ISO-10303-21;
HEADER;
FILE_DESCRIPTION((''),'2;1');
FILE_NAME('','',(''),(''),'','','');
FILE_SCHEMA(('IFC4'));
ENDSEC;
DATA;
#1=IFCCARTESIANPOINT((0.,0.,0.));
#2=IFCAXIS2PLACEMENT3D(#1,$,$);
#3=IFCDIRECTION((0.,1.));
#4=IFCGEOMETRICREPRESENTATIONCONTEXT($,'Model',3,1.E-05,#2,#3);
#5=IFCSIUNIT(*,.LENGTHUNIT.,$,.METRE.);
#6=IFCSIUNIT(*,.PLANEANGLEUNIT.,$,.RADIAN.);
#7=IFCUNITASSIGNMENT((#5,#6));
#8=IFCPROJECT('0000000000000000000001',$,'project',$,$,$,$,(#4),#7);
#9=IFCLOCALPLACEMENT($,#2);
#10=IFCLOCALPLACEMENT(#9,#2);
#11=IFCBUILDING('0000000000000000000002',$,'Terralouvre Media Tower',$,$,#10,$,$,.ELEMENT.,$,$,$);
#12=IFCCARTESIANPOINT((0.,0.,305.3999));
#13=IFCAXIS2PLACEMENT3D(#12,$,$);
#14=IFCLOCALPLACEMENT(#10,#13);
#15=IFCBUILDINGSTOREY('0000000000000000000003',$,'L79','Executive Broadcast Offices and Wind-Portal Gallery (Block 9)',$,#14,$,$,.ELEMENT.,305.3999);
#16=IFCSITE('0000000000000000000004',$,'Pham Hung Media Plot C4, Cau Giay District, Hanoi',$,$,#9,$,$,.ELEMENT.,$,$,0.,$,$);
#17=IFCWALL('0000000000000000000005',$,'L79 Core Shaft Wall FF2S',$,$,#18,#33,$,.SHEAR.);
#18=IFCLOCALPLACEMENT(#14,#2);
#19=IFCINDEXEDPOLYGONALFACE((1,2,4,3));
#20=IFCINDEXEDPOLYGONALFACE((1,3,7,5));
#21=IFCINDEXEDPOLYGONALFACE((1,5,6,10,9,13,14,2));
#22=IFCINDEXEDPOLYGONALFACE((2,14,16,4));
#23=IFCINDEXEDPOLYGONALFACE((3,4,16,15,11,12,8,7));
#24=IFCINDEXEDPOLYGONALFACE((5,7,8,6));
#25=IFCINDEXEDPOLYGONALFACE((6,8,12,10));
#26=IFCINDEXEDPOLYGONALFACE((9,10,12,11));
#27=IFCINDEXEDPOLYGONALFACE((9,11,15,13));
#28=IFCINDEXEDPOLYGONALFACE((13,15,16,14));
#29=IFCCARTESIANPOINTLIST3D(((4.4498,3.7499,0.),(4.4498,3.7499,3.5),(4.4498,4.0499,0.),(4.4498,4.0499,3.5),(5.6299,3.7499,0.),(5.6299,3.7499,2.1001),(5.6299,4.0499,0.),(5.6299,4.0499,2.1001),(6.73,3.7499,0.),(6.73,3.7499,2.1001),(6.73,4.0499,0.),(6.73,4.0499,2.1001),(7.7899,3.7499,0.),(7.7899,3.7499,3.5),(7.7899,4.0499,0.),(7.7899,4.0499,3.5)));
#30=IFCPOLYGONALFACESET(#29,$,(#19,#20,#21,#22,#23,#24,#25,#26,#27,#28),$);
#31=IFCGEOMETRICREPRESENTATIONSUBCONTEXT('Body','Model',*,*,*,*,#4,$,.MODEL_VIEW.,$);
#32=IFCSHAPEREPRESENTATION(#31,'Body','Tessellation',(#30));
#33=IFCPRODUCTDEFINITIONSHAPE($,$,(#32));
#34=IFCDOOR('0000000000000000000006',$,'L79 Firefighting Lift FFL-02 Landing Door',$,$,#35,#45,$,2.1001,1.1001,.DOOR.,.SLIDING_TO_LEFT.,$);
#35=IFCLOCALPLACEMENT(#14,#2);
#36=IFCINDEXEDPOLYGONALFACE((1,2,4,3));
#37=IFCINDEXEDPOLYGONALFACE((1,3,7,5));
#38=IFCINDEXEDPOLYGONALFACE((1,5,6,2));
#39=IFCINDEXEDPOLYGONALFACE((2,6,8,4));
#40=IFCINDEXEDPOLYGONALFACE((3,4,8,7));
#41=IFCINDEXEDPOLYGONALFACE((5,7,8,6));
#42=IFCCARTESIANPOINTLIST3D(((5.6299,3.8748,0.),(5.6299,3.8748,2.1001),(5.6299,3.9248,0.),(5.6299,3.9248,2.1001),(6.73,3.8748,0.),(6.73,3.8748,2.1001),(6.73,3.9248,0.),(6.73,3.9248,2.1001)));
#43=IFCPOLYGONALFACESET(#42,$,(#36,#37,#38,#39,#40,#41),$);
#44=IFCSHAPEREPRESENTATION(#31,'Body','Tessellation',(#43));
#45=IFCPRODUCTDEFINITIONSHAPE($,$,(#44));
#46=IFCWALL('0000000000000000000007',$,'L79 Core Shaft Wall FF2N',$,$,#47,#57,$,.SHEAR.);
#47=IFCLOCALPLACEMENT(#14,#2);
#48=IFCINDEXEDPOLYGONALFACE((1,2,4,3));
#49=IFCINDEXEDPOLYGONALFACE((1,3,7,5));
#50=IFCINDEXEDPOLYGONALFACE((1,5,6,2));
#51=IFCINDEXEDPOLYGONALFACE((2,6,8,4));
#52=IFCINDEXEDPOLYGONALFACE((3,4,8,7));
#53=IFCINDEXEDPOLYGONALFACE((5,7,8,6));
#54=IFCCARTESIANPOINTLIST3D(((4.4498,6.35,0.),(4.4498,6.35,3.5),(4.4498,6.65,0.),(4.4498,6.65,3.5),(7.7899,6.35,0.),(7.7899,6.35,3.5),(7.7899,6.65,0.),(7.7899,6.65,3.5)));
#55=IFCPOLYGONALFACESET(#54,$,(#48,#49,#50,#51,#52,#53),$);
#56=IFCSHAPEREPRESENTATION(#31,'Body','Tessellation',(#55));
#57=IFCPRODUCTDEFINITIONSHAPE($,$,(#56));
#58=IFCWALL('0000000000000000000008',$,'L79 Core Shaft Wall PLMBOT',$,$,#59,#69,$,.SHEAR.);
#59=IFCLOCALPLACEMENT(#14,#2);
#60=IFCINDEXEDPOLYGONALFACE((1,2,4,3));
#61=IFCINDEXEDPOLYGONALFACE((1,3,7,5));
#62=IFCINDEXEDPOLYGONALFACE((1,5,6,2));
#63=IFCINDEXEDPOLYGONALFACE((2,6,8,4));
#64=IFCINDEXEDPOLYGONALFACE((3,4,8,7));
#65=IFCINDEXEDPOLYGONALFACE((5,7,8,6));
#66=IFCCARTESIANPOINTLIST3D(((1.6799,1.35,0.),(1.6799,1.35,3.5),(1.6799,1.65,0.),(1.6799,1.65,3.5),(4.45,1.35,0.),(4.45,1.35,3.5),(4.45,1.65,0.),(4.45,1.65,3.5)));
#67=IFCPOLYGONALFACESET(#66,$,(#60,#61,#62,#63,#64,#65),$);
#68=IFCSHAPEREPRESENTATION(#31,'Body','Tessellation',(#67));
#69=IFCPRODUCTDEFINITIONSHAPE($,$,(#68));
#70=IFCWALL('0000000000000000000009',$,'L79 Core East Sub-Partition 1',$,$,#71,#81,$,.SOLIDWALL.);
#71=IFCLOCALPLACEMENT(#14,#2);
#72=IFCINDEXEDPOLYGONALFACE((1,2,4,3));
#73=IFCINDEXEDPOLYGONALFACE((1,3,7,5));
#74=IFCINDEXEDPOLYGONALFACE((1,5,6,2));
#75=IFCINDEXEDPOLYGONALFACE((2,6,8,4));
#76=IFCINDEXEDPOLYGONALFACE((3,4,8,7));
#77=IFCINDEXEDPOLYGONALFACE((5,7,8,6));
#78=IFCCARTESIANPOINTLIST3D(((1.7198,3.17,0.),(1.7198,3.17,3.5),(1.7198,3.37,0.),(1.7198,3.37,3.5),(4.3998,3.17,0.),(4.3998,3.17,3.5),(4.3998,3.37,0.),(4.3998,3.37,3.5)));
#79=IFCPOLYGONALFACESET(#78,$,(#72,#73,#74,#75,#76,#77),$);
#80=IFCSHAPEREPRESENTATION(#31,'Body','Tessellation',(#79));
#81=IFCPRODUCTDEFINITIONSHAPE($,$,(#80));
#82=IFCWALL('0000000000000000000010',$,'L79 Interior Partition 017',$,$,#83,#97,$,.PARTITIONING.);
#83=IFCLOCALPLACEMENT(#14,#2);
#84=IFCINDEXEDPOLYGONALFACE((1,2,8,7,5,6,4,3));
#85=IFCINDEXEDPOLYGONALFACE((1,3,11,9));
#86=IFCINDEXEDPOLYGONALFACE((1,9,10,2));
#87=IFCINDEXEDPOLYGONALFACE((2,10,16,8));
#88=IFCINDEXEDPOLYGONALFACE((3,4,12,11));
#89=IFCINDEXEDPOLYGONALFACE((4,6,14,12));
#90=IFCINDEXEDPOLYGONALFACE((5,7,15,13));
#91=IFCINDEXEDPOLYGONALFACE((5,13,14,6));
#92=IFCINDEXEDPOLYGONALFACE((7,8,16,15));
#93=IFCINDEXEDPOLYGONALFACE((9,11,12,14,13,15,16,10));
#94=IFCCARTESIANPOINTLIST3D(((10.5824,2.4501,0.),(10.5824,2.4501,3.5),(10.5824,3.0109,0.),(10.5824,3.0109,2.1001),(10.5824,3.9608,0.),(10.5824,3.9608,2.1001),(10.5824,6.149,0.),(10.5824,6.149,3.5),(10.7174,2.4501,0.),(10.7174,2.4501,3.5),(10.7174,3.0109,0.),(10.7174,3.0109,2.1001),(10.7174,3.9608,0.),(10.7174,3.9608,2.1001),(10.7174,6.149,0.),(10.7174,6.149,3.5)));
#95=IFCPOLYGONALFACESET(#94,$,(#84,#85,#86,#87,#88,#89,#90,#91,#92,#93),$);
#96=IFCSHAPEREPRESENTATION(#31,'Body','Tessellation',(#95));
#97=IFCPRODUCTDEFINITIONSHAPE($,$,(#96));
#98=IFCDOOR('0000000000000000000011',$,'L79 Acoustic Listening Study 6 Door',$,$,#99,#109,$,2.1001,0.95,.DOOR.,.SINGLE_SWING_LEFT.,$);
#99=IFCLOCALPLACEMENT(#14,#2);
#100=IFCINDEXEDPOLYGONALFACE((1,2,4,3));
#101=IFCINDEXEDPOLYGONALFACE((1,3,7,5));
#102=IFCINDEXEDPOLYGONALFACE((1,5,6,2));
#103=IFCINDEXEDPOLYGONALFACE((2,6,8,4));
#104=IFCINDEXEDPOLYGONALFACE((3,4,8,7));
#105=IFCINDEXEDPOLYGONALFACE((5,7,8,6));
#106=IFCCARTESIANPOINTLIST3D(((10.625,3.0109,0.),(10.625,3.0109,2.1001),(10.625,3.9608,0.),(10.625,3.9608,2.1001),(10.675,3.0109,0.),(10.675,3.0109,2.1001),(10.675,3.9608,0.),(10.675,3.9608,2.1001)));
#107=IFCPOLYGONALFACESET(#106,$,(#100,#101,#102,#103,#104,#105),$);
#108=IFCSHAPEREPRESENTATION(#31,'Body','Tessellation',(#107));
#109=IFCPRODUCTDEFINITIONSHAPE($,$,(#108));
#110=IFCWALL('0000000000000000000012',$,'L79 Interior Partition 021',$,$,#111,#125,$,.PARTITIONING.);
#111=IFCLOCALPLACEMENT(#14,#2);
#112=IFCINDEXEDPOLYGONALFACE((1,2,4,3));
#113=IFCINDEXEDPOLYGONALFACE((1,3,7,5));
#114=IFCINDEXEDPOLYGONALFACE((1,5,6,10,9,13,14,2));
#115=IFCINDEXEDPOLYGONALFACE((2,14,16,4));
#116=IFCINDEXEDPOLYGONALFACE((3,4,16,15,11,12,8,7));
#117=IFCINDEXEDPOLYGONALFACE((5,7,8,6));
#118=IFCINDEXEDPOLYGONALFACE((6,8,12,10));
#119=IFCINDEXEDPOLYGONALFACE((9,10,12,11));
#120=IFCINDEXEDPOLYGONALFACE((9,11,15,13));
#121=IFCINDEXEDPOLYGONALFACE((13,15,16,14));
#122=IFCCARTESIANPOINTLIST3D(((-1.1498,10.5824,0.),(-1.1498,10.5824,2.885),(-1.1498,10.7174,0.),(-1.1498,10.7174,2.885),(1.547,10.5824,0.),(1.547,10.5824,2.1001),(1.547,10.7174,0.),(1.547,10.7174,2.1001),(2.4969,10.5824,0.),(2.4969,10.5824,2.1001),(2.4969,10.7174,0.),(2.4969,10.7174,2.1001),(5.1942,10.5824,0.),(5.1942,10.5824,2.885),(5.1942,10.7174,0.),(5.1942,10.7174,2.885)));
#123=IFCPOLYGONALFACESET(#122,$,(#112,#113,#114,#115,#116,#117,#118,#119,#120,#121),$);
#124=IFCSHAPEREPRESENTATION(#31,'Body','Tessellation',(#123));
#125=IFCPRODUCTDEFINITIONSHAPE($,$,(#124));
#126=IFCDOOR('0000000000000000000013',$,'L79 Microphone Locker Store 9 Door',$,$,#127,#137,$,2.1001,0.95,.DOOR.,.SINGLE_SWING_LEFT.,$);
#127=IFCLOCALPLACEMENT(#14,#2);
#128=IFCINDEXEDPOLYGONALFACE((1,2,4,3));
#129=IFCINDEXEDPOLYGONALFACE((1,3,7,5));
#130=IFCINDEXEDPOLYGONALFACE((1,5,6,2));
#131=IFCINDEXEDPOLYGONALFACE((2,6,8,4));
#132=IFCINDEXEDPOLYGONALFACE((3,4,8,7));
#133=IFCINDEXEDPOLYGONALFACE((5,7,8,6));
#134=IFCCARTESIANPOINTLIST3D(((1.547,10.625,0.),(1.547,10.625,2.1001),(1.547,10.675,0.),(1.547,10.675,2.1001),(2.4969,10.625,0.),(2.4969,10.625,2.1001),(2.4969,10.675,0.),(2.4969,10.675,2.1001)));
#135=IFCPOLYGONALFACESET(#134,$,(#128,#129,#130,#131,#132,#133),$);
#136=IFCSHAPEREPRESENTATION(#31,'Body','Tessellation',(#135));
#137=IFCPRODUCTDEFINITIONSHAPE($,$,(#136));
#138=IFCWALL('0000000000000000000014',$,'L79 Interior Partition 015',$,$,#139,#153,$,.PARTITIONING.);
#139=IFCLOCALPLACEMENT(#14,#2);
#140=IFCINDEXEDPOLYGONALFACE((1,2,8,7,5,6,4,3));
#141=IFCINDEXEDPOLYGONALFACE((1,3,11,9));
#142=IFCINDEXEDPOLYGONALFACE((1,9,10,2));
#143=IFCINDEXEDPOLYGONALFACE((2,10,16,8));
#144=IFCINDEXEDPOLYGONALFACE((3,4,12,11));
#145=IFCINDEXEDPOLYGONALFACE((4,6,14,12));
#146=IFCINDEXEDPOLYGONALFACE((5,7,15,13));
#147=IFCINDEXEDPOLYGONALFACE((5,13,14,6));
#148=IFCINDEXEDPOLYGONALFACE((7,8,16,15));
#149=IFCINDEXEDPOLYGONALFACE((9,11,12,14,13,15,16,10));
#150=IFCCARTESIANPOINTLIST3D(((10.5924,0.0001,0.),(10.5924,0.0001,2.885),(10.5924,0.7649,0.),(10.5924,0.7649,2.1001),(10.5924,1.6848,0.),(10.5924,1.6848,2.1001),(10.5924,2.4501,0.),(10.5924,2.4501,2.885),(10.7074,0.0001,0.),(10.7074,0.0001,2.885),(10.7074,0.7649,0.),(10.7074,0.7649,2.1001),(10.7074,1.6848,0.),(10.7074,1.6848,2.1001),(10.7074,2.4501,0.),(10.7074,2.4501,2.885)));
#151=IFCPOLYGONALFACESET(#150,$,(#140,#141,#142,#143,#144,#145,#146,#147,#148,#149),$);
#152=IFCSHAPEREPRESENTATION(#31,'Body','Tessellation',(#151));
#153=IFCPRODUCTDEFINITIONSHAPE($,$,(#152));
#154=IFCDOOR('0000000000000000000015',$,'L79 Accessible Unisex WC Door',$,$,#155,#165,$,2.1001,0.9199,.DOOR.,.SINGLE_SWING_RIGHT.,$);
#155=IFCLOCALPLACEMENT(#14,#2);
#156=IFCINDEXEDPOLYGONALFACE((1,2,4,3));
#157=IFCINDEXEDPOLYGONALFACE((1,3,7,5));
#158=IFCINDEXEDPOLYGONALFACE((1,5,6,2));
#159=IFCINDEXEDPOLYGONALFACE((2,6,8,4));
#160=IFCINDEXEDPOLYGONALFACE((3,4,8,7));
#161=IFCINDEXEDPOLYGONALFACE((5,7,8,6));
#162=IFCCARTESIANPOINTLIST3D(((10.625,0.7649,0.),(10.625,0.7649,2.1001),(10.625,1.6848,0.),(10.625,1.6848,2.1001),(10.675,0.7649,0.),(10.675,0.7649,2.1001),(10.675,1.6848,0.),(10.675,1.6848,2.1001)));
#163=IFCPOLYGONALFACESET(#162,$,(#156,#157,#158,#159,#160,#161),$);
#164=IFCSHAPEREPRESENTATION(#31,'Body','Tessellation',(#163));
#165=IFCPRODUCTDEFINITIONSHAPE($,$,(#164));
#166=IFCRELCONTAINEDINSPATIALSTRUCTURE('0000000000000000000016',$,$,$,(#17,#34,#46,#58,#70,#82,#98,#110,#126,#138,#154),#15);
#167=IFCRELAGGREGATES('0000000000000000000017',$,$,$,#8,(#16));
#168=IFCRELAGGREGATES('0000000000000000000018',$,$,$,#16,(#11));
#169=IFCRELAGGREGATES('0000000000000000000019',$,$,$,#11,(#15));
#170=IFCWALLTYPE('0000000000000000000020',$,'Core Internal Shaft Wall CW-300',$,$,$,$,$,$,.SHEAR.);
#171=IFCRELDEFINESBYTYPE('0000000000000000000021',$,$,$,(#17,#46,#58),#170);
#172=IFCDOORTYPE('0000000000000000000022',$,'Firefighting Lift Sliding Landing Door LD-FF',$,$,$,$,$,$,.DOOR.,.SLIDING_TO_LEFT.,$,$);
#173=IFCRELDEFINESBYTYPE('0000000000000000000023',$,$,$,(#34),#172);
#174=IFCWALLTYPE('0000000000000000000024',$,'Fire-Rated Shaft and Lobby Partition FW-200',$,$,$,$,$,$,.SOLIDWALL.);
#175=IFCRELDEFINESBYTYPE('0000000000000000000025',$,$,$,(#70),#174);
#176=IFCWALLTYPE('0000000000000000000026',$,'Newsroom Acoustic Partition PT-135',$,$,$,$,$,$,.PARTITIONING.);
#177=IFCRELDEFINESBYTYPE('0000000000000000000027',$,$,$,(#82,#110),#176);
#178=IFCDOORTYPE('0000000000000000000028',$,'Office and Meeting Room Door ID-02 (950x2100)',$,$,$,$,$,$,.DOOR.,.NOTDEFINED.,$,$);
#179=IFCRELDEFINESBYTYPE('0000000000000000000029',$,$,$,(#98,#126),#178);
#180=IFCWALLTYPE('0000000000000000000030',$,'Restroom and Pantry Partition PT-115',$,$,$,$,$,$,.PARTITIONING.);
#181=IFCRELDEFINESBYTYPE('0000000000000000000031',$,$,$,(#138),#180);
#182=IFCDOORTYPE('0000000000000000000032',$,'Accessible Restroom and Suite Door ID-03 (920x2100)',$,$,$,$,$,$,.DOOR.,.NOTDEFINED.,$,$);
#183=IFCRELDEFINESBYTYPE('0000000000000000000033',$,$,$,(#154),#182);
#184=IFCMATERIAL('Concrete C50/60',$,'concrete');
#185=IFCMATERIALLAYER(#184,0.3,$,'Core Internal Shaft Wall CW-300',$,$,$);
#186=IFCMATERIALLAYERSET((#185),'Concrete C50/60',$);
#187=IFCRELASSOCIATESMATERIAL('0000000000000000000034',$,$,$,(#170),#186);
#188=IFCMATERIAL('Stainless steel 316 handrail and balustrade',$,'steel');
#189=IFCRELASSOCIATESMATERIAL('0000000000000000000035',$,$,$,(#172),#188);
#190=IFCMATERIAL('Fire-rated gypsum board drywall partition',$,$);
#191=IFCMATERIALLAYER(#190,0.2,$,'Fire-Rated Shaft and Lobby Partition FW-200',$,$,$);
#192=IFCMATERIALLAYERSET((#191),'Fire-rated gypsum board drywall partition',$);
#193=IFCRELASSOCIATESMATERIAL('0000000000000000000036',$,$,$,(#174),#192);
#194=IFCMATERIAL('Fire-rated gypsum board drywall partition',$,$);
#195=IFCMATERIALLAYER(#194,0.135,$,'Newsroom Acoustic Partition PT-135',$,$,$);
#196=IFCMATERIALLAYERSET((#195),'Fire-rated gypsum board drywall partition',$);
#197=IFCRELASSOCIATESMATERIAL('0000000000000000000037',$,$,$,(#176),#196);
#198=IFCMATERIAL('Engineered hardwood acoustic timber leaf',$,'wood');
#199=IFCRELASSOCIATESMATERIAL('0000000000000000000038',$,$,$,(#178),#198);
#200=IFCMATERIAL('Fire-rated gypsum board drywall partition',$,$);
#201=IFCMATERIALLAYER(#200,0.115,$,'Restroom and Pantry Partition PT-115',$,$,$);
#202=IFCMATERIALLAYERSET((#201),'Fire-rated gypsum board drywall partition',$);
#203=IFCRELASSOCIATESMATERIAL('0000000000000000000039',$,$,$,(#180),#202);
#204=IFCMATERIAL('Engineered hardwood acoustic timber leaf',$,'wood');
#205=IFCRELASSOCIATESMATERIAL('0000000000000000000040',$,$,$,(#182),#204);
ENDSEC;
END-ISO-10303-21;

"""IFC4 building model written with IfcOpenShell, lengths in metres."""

from ifc_helpers import new_model, si_unit, direction, frame, frame_2d, origin, place, context, subcontext, project, spatial, rectangle, extrude, material, layer, layer_set, type_object, element, fill, save


model = new_model("IFC4")

# Units and contexts
model_context = context("Model", 3, precision=1e-05, world=origin(), true_north=direction((0.0, 1.0)))
body_context = subcontext(model_context, "Body", "Model", "MODEL_VIEW")
ifc_project = project(units=[si_unit("LENGTHUNIT", "METRE"), si_unit("PLANEANGLEUNIT", "RADIAN")], contexts=[model_context])

# Site, building, storey
site_placement = place(None, origin())
site = spatial("IfcSite", under=ifc_project, at=site_placement, Name="Pham Hung Media Plot C4, Cau Giay District, Hanoi", CompositionType="ELEMENT", RefElevation=0.0)
building_placement = place(site_placement, origin())
building = spatial("IfcBuilding", under=site, at=building_placement, Name="Terralouvre Media Tower", CompositionType="ELEMENT")
storey_placement = place(building_placement, frame((0.0, 0.0, 305.3999)))
storey = spatial("IfcBuildingStorey", under=building, at=storey_placement, Name="L79", Description="Executive Broadcast Offices and Wind-Portal Gallery (Block 9)", CompositionType="ELEMENT", Elevation=305.3999)

# Wall, opening, door
ifc_material_1 = material(Name="Concrete C50/60", Category="concrete")
ifc_layer_1 = layer(ifc_material_1, 0.3, Name="Core Internal Shaft Wall CW-300")
ifc_layer_set_1 = layer_set([ifc_layer_1], Name="Concrete C50/60")
wall_type_1 = type_object("IfcWallType", Name="Core Internal Shaft Wall CW-300", PredefinedType="SHEAR", material=ifc_layer_set_1)
wall_1_placement = place(storey_placement, frame((4.45, 3.8999, 0.0), z_axis=(0.0, 0.0, 1.0), x_axis=(1.0, 0.0, 0.0)))
wall_1 = element("IfcWall", 1, at=wall_1_placement, inside=storey, type_object=wall_type_1, Name="L79 Core Shaft Wall FF2S", PredefinedType="SHEAR", context=body_context, shape_type="SweptSolid", body=[
    extrude(rectangle(XDim=3.3401, YDim=0.3, at=frame_2d((1.6699, 0.0))), origin(), (0.0, 0.0, 1.0), 3.5),
])
opening_1_placement = place(wall_1_placement, frame((1.1799, 0.0, 0.0)))
opening_1 = element("IfcOpeningElement", 2, at=opening_1_placement, cuts=wall_1, PredefinedType="OPENING", context=body_context, shape_type="SweptSolid", body=[
    extrude(rectangle(XDim=1.1001, YDim=2.1001, at=frame_2d((0.55, 1.05))), frame((0.0, 0.1599, 0.0), z_axis=(0.0, -1.0, 0.0), x_axis=(1.0, 0.0, 0.0)), (0.0, 0.0, 1.0), 0.3201),
])
ifc_material_2 = material(Name="Stainless steel 316 handrail and balustrade", Category="steel")
door_type_1 = type_object("IfcDoorType", Name="Firefighting Lift Sliding Landing Door LD-FF", OperationType="SLIDING_TO_LEFT", PredefinedType="DOOR", material=ifc_material_2)
door_1_placement = place(opening_1_placement, origin())
door_1 = element("IfcDoor", 3, at=door_1_placement, inside=storey, type_object=door_type_1, Name="L79 Firefighting Lift FFL-02 Landing Door", OperationType="SLIDING_TO_LEFT", OverallHeight=2.1001, OverallWidth=1.1001, PredefinedType="DOOR", context=body_context, shape_type="SweptSolid", body=[
    extrude(rectangle(XDim=1.1001, YDim=2.1001, at=frame_2d((0.55, 1.05))), frame((0.0, 0.0249, 0.0), z_axis=(0.0, -1.0, 0.0), x_axis=(1.0, 0.0, 0.0)), (0.0, 0.0, 1.0), 0.05),
])
fill(opening_1, door_1)

# Walls
wall_2_placement = place(storey_placement, frame((4.45, 6.5, 0.0), z_axis=(0.0, 0.0, 1.0), x_axis=(1.0, 0.0, 0.0)))
element("IfcWall", 4, at=wall_2_placement, inside=storey, type_object=wall_type_1, Name="L79 Core Shaft Wall FF2N", PredefinedType="SHEAR", context=body_context, shape_type="SweptSolid", body=[
    extrude(rectangle(XDim=3.3401, YDim=0.3, at=frame_2d((1.6699, 0.0))), origin(), (0.0, 0.0, 1.0), 3.5),
])
wall_3_placement = place(storey_placement, frame((1.6799, 1.5, 0.0), z_axis=(0.0, 0.0, 1.0), x_axis=(1.0, 0.0, 0.0)))
element("IfcWall", 5, at=wall_3_placement, inside=storey, type_object=wall_type_1, Name="L79 Core Shaft Wall PLMBOT", PredefinedType="SHEAR", context=body_context, shape_type="SweptSolid", body=[
    extrude(rectangle(XDim=2.77, YDim=0.3, at=frame_2d((1.385, 0.0))), origin(), (0.0, 0.0, 1.0), 3.5),
])
ifc_material_3 = material(Name="Fire-rated gypsum board drywall partition")
ifc_layer_2 = layer(ifc_material_3, 0.2, Name="Fire-Rated Shaft and Lobby Partition FW-200")
ifc_layer_set_2 = layer_set([ifc_layer_2], Name="Fire-rated gypsum board drywall partition")
wall_type_2 = type_object("IfcWallType", Name="Fire-Rated Shaft and Lobby Partition FW-200", PredefinedType="SOLIDWALL", material=ifc_layer_set_2)
wall_4_placement = place(storey_placement, frame((1.72, 3.27, 0.0), z_axis=(0.0, 0.0, 1.0), x_axis=(1.0, 0.0, 0.0)))
element("IfcWall", 6, at=wall_4_placement, inside=storey, type_object=wall_type_2, Name="L79 Core East Sub-Partition 1", PredefinedType="SOLIDWALL", context=body_context, shape_type="SweptSolid", body=[
    extrude(rectangle(XDim=2.6799, YDim=0.2, at=frame_2d((1.3398, 0.0))), origin(), (0.0, 0.0, 1.0), 3.5),
])

# Walls, openings, doors
ifc_material_4 = material(Name="Fire-rated gypsum board drywall partition")
ifc_layer_3 = layer(ifc_material_4, 0.135, Name="Newsroom Acoustic Partition PT-135")
ifc_layer_set_3 = layer_set([ifc_layer_3], Name="Fire-rated gypsum board drywall partition")
wall_type_3 = type_object("IfcWallType", Name="Newsroom Acoustic Partition PT-135", PredefinedType="PARTITIONING", material=ifc_layer_set_3)
wall_5_placement = place(storey_placement, frame((10.6499, 2.45, 0.0), z_axis=(0.0, 0.0, 1.0), x_axis=(0.0, 1.0, 0.0)))
wall_5 = element("IfcWall", 7, at=wall_5_placement, inside=storey, type_object=wall_type_3, Name="L79 Interior Partition 017", PredefinedType="PARTITIONING", context=body_context, shape_type="SweptSolid", body=[
    extrude(rectangle(XDim=3.699, YDim=0.135, at=frame_2d((1.8496, 0.0))), origin(), (0.0, 0.0, 1.0), 3.5),
])
opening_2_placement = place(wall_5_placement, frame((0.5608, 0.0, 0.0)))
opening_2 = element("IfcOpeningElement", 8, at=opening_2_placement, cuts=wall_5, PredefinedType="OPENING", context=body_context, shape_type="SweptSolid", body=[
    extrude(rectangle(XDim=0.95, YDim=2.1001, at=frame_2d((0.4751, 1.05))), frame((0.0, 0.0774, 0.0), z_axis=(0.0, -1.0, 0.0), x_axis=(1.0, 0.0, 0.0)), (0.0, 0.0, 1.0), 0.155),
])
ifc_material_5 = material(Name="Engineered hardwood acoustic timber leaf", Category="wood")
door_type_2 = type_object("IfcDoorType", Name="Office and Meeting Room Door ID-02 (950x2100)", OperationType="NOTDEFINED", PredefinedType="DOOR", material=ifc_material_5)
door_2_placement = place(opening_2_placement, origin())
door_2 = element("IfcDoor", 9, at=door_2_placement, inside=storey, type_object=door_type_2, Name="L79 Acoustic Listening Study 6 Door", OperationType="SINGLE_SWING_LEFT", OverallHeight=2.1001, OverallWidth=0.95, PredefinedType="DOOR", context=body_context, shape_type="SweptSolid", body=[
    extrude(rectangle(XDim=0.95, YDim=2.1001, at=frame_2d((0.4751, 1.05))), frame((0.0, 0.0249, 0.0), z_axis=(0.0, -1.0, 0.0), x_axis=(1.0, 0.0, 0.0)), (0.0, 0.0, 1.0), 0.05),
])
fill(opening_2, door_2)
wall_6_placement = place(storey_placement, frame((5.1941, 10.6499, 0.0), z_axis=(0.0, 0.0, 1.0), x_axis=(-1.0, 0.0, 0.0)))
wall_6 = element("IfcWall", 10, at=wall_6_placement, inside=storey, type_object=wall_type_3, Name="L79 Interior Partition 021", PredefinedType="PARTITIONING", context=body_context, shape_type="SweptSolid", body=[
    extrude(rectangle(XDim=6.344, YDim=0.135, at=frame_2d((3.1719, 0.0))), origin(), (0.0, 0.0, 1.0), 2.885),
])
opening_3_placement = place(wall_6_placement, frame((2.697, 0.0, 0.0)))
opening_3 = element("IfcOpeningElement", 11, at=opening_3_placement, cuts=wall_6, PredefinedType="OPENING", context=body_context, shape_type="SweptSolid", body=[
    extrude(rectangle(XDim=0.95, YDim=2.1001, at=frame_2d((0.4751, 1.05))), frame((0.0, 0.0774, 0.0), z_axis=(0.0, -1.0, 0.0), x_axis=(1.0, 0.0, 0.0)), (0.0, 0.0, 1.0), 0.155),
])
door_3_placement = place(opening_3_placement, origin())
door_3 = element("IfcDoor", 12, at=door_3_placement, inside=storey, type_object=door_type_2, Name="L79 Microphone Locker Store 9 Door", OperationType="SINGLE_SWING_LEFT", OverallHeight=2.1001, OverallWidth=0.95, PredefinedType="DOOR", context=body_context, shape_type="SweptSolid", body=[
    extrude(rectangle(XDim=0.95, YDim=2.1001, at=frame_2d((0.4751, 1.05))), frame((0.0, 0.0249, 0.0), z_axis=(0.0, -1.0, 0.0), x_axis=(1.0, 0.0, 0.0)), (0.0, 0.0, 1.0), 0.05),
])
fill(opening_3, door_3)
ifc_material_6 = material(Name="Fire-rated gypsum board drywall partition")
ifc_layer_4 = layer(ifc_material_6, 0.115, Name="Restroom and Pantry Partition PT-115")
ifc_layer_set_4 = layer_set([ifc_layer_4], Name="Fire-rated gypsum board drywall partition")
wall_type_4 = type_object("IfcWallType", Name="Restroom and Pantry Partition PT-115", PredefinedType="PARTITIONING", material=ifc_layer_set_4)
wall_7_placement = place(storey_placement, frame((10.6499, 0.0, 0.0), z_axis=(0.0, 0.0, 1.0), x_axis=(0.0, 1.0, 0.0)))
wall_7 = element("IfcWall", 13, at=wall_7_placement, inside=storey, type_object=wall_type_4, Name="L79 Interior Partition 015", PredefinedType="PARTITIONING", context=body_context, shape_type="SweptSolid", body=[
    extrude(rectangle(XDim=2.45, YDim=0.115, at=frame_2d((1.2251, 0.0))), origin(), (0.0, 0.0, 1.0), 2.885),
])
opening_4_placement = place(wall_7_placement, frame((0.7649, 0.0, 0.0)))
opening_4 = element("IfcOpeningElement", 14, at=opening_4_placement, cuts=wall_7, PredefinedType="OPENING", context=body_context, shape_type="SweptSolid", body=[
    extrude(rectangle(XDim=0.9199, YDim=2.1001, at=frame_2d((0.46, 1.05))), frame((0.0, 0.0674, 0.0), z_axis=(0.0, -1.0, 0.0), x_axis=(1.0, 0.0, 0.0)), (0.0, 0.0, 1.0), 0.135),
])
ifc_material_7 = material(Name="Engineered hardwood acoustic timber leaf", Category="wood")
door_type_3 = type_object("IfcDoorType", Name="Accessible Restroom and Suite Door ID-03 (920x2100)", OperationType="NOTDEFINED", PredefinedType="DOOR", material=ifc_material_7)
door_4_placement = place(opening_4_placement, origin())
door_4 = element("IfcDoor", 15, at=door_4_placement, inside=storey, type_object=door_type_3, Name="L79 Accessible Unisex WC Door", OperationType="SINGLE_SWING_RIGHT", OverallHeight=2.1001, OverallWidth=0.9199, PredefinedType="DOOR", context=body_context, shape_type="SweptSolid", body=[
    extrude(rectangle(XDim=0.9199, YDim=2.1001, at=frame_2d((0.46, 1.05))), frame((0.0, 0.0249, 0.0), z_axis=(0.0, -1.0, 0.0), x_axis=(1.0, 0.0, 0.0)), (0.0, 0.0, 1.0), 0.05),
])
fill(opening_4, door_4)

save(model, "model.ifc")
